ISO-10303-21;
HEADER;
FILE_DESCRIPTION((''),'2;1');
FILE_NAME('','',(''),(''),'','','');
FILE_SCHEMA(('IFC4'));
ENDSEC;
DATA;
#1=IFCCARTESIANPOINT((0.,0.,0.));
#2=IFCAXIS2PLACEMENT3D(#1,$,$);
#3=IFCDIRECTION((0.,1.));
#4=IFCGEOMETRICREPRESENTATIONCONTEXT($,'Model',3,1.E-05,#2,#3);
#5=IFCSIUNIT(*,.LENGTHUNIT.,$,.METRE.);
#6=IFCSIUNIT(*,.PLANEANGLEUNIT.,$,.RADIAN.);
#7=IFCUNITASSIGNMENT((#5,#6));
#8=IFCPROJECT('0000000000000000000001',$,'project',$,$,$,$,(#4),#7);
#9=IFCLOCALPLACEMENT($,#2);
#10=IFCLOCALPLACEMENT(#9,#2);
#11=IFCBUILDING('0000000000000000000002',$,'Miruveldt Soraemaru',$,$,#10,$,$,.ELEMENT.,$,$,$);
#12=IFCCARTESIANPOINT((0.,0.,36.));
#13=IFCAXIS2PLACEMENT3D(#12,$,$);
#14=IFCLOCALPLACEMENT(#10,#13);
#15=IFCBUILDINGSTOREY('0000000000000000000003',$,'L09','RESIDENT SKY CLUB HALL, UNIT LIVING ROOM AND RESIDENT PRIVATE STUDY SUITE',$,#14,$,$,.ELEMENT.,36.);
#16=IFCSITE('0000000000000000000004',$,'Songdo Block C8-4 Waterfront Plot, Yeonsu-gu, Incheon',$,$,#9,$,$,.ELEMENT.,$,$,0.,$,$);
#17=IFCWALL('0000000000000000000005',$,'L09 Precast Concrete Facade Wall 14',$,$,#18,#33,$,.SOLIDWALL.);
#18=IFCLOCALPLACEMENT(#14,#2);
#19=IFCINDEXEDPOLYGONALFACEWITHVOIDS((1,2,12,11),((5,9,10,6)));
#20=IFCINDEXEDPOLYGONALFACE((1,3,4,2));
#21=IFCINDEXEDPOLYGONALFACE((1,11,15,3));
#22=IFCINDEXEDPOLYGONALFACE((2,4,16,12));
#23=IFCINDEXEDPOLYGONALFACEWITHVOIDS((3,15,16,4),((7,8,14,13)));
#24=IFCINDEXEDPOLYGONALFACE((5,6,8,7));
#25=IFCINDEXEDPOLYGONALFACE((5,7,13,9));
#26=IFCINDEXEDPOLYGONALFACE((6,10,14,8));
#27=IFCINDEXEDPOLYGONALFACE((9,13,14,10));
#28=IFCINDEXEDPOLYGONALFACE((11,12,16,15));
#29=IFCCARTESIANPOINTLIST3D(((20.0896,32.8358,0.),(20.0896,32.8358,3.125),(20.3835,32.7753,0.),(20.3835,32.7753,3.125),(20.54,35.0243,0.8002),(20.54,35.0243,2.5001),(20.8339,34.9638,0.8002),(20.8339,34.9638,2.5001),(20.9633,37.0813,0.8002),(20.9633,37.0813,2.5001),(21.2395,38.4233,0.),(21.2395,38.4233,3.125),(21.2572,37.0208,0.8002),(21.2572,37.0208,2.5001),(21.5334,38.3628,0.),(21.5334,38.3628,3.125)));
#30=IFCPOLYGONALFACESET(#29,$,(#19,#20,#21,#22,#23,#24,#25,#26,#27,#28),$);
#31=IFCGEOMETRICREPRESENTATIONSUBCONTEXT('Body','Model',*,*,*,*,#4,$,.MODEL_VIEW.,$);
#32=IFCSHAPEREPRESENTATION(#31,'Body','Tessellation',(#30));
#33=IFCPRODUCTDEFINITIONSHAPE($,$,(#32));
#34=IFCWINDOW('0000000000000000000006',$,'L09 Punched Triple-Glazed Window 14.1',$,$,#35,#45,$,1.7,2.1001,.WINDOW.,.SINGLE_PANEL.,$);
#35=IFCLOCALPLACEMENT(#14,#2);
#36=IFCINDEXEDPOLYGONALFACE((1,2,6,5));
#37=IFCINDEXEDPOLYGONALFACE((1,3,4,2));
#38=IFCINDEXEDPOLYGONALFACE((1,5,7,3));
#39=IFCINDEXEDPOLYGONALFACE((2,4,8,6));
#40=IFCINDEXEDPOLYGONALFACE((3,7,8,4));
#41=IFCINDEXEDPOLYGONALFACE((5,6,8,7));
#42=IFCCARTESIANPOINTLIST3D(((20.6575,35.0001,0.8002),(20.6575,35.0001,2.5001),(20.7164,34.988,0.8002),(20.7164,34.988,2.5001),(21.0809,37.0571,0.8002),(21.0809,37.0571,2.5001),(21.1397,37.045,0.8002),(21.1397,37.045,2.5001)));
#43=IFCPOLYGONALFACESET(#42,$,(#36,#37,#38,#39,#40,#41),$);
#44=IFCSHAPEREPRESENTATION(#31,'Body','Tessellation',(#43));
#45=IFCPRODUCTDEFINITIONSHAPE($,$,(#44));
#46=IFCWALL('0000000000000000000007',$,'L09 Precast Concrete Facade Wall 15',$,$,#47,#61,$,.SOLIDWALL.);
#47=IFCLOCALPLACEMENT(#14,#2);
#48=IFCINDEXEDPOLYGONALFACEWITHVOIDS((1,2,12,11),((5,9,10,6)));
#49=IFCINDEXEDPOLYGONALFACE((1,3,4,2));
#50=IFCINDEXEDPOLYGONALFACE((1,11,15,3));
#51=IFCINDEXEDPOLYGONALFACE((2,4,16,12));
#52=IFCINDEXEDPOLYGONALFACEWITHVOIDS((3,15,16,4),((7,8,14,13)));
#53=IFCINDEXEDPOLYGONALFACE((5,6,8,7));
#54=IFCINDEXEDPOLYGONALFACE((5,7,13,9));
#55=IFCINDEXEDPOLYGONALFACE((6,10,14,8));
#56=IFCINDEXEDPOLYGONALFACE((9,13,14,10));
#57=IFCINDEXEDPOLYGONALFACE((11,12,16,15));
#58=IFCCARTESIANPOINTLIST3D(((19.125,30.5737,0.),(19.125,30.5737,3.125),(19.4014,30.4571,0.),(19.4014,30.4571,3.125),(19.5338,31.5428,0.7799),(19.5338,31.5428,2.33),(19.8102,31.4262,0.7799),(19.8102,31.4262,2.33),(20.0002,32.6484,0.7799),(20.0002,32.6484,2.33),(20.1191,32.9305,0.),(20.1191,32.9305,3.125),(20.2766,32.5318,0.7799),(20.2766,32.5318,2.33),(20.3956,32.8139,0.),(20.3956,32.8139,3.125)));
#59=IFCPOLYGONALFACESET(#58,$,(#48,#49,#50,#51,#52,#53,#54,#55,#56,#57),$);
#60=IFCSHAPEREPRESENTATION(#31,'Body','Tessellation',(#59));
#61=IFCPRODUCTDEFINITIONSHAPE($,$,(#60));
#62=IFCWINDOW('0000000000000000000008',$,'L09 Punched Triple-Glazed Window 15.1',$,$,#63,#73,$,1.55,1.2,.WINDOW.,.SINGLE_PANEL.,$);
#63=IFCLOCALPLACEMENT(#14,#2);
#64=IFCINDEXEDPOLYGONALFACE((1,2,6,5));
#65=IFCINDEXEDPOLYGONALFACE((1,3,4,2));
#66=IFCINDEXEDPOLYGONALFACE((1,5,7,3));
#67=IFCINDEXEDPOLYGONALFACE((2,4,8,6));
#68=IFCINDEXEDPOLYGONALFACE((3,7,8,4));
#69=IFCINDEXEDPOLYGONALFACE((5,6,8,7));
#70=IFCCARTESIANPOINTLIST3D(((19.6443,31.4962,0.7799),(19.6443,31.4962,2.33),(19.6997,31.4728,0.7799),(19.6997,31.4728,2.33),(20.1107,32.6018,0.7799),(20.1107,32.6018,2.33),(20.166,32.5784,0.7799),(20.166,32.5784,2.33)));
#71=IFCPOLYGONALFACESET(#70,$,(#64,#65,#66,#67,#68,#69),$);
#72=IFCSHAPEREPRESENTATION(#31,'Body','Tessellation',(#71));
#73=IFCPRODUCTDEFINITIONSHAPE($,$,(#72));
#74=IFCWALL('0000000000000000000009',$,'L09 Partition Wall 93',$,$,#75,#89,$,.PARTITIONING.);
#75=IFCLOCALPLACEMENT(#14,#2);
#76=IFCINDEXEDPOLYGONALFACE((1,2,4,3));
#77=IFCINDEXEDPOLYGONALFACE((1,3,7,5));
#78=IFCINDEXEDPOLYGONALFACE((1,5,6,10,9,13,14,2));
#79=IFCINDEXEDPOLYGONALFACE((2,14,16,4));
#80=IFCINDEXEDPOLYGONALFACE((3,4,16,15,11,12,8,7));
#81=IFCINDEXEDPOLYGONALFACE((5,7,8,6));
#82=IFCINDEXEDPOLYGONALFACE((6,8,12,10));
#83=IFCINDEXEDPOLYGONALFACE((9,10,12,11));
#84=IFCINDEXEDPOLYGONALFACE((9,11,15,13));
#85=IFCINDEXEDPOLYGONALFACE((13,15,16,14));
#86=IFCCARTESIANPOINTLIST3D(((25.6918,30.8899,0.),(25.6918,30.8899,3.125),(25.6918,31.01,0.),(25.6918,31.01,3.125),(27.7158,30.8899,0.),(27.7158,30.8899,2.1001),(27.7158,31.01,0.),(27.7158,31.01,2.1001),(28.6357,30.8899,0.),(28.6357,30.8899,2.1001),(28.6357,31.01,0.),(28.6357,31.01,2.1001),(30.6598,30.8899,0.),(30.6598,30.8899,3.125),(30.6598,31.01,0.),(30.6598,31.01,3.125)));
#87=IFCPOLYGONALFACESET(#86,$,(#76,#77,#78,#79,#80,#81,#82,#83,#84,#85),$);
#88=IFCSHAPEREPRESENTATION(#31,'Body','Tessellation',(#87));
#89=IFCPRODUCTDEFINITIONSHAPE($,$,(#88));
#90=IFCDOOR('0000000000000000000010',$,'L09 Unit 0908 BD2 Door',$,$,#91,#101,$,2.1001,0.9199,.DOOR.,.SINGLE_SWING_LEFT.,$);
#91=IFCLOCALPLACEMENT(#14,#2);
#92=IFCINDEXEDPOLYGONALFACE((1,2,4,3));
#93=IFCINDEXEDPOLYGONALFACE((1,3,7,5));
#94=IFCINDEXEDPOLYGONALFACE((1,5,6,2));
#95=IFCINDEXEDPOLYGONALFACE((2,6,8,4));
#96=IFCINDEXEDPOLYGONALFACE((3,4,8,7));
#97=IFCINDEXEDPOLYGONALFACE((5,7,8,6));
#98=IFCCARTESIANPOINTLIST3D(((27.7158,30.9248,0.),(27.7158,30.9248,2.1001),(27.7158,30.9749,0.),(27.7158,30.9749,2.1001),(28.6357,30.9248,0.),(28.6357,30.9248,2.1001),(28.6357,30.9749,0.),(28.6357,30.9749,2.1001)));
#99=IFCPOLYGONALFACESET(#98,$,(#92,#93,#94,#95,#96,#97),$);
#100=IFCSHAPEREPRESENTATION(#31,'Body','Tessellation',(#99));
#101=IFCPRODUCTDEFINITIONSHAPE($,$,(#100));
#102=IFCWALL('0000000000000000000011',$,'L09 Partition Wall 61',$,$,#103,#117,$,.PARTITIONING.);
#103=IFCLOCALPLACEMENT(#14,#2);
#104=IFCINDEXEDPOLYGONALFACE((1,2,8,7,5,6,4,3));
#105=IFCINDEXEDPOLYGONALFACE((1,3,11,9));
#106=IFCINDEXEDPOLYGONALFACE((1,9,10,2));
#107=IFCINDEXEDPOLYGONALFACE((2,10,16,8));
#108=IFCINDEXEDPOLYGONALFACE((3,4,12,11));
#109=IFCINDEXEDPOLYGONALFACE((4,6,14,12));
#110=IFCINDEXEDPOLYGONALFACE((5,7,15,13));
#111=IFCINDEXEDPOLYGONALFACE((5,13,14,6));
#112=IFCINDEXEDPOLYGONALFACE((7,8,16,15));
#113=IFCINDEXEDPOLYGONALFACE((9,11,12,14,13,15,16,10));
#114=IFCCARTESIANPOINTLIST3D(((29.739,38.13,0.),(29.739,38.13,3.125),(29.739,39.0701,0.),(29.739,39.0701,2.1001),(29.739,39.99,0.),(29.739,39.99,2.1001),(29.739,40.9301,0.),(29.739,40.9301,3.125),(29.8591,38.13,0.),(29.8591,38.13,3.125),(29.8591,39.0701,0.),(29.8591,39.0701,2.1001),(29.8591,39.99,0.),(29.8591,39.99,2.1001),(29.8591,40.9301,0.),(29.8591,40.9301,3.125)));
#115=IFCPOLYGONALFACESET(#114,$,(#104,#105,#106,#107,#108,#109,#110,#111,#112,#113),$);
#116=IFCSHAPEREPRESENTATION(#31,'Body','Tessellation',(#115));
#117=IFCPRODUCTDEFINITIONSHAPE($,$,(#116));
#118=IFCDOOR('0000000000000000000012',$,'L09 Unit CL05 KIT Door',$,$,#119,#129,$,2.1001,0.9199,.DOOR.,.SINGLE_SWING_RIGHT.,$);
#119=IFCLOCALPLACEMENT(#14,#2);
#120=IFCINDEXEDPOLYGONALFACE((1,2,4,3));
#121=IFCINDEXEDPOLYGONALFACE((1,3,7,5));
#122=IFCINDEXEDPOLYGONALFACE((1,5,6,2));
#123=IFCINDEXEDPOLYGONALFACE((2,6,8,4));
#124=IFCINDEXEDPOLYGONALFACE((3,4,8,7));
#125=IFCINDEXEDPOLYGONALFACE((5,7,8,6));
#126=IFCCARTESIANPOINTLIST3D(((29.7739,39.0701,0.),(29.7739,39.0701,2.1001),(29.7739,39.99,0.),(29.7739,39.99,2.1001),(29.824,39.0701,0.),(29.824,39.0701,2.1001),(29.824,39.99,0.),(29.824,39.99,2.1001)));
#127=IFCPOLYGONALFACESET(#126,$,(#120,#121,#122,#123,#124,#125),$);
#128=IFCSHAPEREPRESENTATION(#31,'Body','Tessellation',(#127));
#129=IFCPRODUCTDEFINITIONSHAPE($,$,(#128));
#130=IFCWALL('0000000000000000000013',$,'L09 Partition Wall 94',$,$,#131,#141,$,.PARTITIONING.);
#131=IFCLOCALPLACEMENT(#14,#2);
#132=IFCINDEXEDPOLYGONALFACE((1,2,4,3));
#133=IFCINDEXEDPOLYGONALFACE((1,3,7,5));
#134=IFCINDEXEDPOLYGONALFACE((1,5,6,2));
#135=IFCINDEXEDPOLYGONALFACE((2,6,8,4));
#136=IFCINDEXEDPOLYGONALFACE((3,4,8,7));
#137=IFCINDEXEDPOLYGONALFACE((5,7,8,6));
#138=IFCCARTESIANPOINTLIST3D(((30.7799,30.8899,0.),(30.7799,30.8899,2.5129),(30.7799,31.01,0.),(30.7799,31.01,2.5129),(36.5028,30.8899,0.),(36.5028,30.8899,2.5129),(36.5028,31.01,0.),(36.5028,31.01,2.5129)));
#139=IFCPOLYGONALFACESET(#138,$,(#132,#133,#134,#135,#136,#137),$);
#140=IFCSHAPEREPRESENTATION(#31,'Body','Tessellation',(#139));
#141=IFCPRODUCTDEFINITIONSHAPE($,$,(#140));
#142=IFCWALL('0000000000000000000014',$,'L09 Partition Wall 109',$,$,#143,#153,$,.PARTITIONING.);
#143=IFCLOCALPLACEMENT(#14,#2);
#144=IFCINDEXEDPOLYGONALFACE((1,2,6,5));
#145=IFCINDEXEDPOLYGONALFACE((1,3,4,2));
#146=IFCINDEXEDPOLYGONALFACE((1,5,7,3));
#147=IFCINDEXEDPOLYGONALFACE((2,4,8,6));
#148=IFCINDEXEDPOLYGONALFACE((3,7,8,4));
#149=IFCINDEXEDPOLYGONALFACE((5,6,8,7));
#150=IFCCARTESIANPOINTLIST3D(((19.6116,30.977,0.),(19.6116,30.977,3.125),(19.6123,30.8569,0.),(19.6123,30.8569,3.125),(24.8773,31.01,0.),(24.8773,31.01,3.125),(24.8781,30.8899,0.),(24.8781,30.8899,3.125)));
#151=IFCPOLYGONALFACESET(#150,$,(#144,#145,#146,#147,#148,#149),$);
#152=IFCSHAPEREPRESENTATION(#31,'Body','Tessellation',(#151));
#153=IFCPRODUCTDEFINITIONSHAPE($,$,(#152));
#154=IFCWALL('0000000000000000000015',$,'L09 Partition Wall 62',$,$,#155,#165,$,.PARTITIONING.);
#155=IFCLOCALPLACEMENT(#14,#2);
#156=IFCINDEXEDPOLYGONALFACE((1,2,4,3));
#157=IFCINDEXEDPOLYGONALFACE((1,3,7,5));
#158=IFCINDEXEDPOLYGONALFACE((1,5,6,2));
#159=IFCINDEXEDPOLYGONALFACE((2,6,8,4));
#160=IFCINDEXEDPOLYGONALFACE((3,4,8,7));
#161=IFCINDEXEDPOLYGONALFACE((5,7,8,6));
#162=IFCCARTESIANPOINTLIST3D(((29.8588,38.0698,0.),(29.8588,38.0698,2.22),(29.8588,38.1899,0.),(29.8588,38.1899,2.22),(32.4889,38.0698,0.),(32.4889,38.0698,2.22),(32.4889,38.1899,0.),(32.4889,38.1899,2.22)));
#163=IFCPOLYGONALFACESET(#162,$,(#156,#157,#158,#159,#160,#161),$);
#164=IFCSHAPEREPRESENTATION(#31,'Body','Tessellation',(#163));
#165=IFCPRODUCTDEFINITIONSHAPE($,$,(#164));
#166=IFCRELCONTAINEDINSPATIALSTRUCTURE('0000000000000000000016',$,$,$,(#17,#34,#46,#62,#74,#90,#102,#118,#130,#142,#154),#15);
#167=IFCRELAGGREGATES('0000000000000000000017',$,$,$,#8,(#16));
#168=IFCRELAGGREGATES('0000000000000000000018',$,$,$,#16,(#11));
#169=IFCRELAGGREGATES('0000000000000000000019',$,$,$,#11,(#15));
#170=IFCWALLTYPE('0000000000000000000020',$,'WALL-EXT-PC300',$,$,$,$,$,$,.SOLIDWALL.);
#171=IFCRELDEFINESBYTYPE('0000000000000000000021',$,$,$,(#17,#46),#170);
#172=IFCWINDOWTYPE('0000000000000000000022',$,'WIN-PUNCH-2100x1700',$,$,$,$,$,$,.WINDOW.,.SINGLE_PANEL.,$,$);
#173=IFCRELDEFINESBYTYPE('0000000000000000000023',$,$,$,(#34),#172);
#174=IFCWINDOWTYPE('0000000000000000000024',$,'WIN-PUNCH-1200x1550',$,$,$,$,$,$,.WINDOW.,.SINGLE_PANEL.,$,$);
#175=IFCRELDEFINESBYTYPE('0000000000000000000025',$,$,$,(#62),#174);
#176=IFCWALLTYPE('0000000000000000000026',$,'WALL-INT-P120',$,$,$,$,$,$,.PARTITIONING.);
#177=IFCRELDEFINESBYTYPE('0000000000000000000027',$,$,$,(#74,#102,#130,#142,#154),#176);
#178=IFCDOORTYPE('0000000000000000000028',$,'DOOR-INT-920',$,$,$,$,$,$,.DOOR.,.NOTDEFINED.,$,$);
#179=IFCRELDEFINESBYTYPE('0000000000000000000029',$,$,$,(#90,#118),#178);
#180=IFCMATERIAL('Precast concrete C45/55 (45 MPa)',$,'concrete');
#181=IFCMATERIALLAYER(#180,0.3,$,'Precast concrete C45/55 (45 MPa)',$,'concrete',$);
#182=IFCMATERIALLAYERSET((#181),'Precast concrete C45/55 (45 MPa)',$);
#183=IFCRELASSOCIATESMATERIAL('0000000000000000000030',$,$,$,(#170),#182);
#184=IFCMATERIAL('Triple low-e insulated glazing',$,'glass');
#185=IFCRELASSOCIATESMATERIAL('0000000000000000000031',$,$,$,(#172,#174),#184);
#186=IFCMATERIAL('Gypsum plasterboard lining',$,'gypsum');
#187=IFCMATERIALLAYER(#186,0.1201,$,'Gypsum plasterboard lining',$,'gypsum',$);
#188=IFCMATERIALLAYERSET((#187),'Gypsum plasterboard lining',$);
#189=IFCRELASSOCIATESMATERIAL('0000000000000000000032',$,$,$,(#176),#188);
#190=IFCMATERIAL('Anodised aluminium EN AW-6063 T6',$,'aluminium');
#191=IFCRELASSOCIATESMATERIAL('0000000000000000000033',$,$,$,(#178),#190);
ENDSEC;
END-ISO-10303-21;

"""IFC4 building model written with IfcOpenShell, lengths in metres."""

from ifc_helpers import new_model, si_unit, direction, frame, frame_2d, origin, place, context, subcontext, project, spatial, rectangle, extrude, material, layer, layer_set, type_object, element, fill, save


model = new_model("IFC4")

# Units and contexts
model_context = context("Model", 3, precision=1e-05, world=origin(), true_north=direction((0.0, 1.0)))
body_context = subcontext(model_context, "Body", "Model", "MODEL_VIEW")
ifc_project = project(units=[si_unit("LENGTHUNIT", "METRE"), si_unit("PLANEANGLEUNIT", "RADIAN")], contexts=[model_context])

# Site, building, storey
site_placement = place(None, origin())
site = spatial("IfcSite", under=ifc_project, at=site_placement, Name="Songdo Block C8-4 Waterfront Plot, Yeonsu-gu, Incheon", CompositionType="ELEMENT", RefElevation=0.0)
building_placement = place(site_placement, origin())
building = spatial("IfcBuilding", under=site, at=building_placement, Name="Miruveldt Soraemaru", CompositionType="ELEMENT")
storey_placement = place(building_placement, frame((0.0, 0.0, 36.0)))
storey = spatial("IfcBuildingStorey", under=building, at=storey_placement, Name="L09", Description="RESIDENT SKY CLUB HALL, UNIT LIVING ROOM AND RESIDENT PRIVATE STUDY SUITE", CompositionType="ELEMENT", Elevation=36.0)

# Shared definitions
ifc_material_1 = material(Name="Anodised aluminium EN AW-6063 T6", Category="aluminium")

# Walls, openings, windows
ifc_material_2 = material(Name="Precast concrete C45/55 (45 MPa)", Category="concrete")
ifc_layer_1 = layer(ifc_material_2, 0.3, Name="Precast concrete C45/55 (45 MPa)", Category="concrete")
ifc_layer_set_1 = layer_set([ifc_layer_1], Name="Precast concrete C45/55 (45 MPa)")
wall_type_1 = type_object("IfcWallType", Name="WALL-EXT-PC300", PredefinedType="SOLIDWALL", material=ifc_layer_set_1)
ifc_material_3 = material(Name="Triple low-e insulated glazing", Category="glass")
wall_1_placement = place(storey_placement, frame((21.3865, 38.3931, 0.0), z_axis=(0.0, 0.0, 1.0), x_axis=(-0.201578, -0.979472, 0.0)))
wall_1 = element("IfcWall", 1, at=wall_1_placement, inside=storey, type_object=wall_type_1, Name="L09 Precast Concrete Facade Wall 14", PredefinedType="SOLIDWALL", context=body_context, shape_type="SweptSolid", body=[
    extrude(rectangle(XDim=5.7046, YDim=0.3, at=frame_2d((2.8523, 0.0))), origin(), (0.0, 0.0, 1.0), 3.125),
])
opening_1_placement = place(wall_1_placement, frame((1.3701, 0.0, 0.8)))
opening_1 = element("IfcOpeningElement", 2, at=opening_1_placement, cuts=wall_1, PredefinedType="OPENING", context=body_context, shape_type="SweptSolid", body=[
    extrude(rectangle(XDim=2.1001, YDim=1.7, at=frame_2d((1.05, 0.8501))), frame((0.0, 0.1602, 0.0), z_axis=(0.0, -1.0, 0.0), x_axis=(1.0, 0.0, 0.0)), (0.0, 0.0, 1.0), 0.3201),
])
window_type_1 = type_object("IfcWindowType", Name="WIN-PUNCH-2100x1700", PartitioningType="SINGLE_PANEL", PredefinedType="WINDOW", material=ifc_material_3)
window_1_placement = place(opening_1_placement, origin())
window_1 = element("IfcWindow", 3, at=window_1_placement, inside=storey, type_object=window_type_1, Name="L09 Punched Triple-Glazed Window 14.1", OverallHeight=1.7, OverallWidth=2.1001, PartitioningType="SINGLE_PANEL", PredefinedType="WINDOW", context=body_context, shape_type="SweptSolid", body=[
    extrude(rectangle(XDim=2.1001, YDim=1.7, at=frame_2d((1.05, 0.8501))), frame((0.0, 0.03, 0.0), z_axis=(0.0, -1.0, 0.0), x_axis=(1.0, 0.0, 0.0)), (0.0, 0.0, 1.0), 0.0601),
])
fill(opening_1, window_1)
wall_2_placement = place(storey_placement, frame((20.2573, 32.8721, 0.0), z_axis=(0.0, 0.0, 1.0), x_axis=(-0.388671, -0.921376, 0.0)))
wall_2 = element("IfcWall", 4, at=wall_2_placement, inside=storey, type_object=wall_type_1, Name="L09 Precast Concrete Facade Wall 15", PredefinedType="SOLIDWALL", context=body_context, shape_type="SweptSolid", body=[
    extrude(rectangle(XDim=2.5579, YDim=0.3, at=frame_2d((1.2788, 0.0))), origin(), (0.0, 0.0, 1.0), 3.125),
])
opening_2_placement = place(wall_2_placement, frame((0.3059, 0.0, 0.78)))
opening_2 = element("IfcOpeningElement", 5, at=opening_2_placement, cuts=wall_2, PredefinedType="OPENING", context=body_context, shape_type="SweptSolid", body=[
    extrude(rectangle(XDim=1.2, YDim=1.55, at=frame_2d((0.6001, 0.7749))), frame((0.0, 0.1602, 0.0), z_axis=(0.0, -1.0, 0.0), x_axis=(1.0, 0.0, 0.0)), (0.0, 0.0, 1.0), 0.3201),
])
window_type_2 = type_object("IfcWindowType", Name="WIN-PUNCH-1200x1550", PartitioningType="SINGLE_PANEL", PredefinedType="WINDOW", material=ifc_material_3)
window_2_placement = place(opening_2_placement, origin())
window_2 = element("IfcWindow", 6, at=window_2_placement, inside=storey, type_object=window_type_2, Name="L09 Punched Triple-Glazed Window 15.1", OverallHeight=1.55, OverallWidth=1.2, PartitioningType="SINGLE_PANEL", PredefinedType="WINDOW", context=body_context, shape_type="SweptSolid", body=[
    extrude(rectangle(XDim=1.2, YDim=1.55, at=frame_2d((0.6001, 0.7749))), frame((0.0, 0.03, 0.0), z_axis=(0.0, -1.0, 0.0), x_axis=(1.0, 0.0, 0.0)), (0.0, 0.0, 1.0), 0.0601),
])
fill(opening_2, window_2)

# Walls, openings, doors
ifc_material_4 = material(Name="Gypsum plasterboard lining", Category="gypsum")
ifc_layer_2 = layer(ifc_material_4, 0.1201, Name="Gypsum plasterboard lining", Category="gypsum")
ifc_layer_set_2 = layer_set([ifc_layer_2], Name="Gypsum plasterboard lining")
wall_type_2 = type_object("IfcWallType", Name="WALL-INT-P120", PredefinedType="PARTITIONING", material=ifc_layer_set_2)
wall_3_placement = place(storey_placement, frame((25.6919, 30.95, 0.0), z_axis=(0.0, 0.0, 1.0), x_axis=(1.0, 0.0, 0.0)))
wall_3 = element("IfcWall", 7, at=wall_3_placement, inside=storey, type_object=wall_type_2, Name="L09 Partition Wall 93", PredefinedType="PARTITIONING", context=body_context, shape_type="SweptSolid", body=[
    extrude(rectangle(XDim=4.968, YDim=0.1201, at=frame_2d((2.4839, 0.0))), origin(), (0.0, 0.0, 1.0), 3.125),
])
opening_3_placement = place(wall_3_placement, frame((2.0239, 0.0, 0.0)))
opening_3 = element("IfcOpeningElement", 8, at=opening_3_placement, cuts=wall_3, PredefinedType="OPENING", context=body_context, shape_type="SweptSolid", body=[
    extrude(rectangle(XDim=0.9199, YDim=2.1001, at=frame_2d((0.46, 1.05))), frame((0.0, 0.0701, 0.0), z_axis=(0.0, -1.0, 0.0), x_axis=(1.0, 0.0, 0.0)), (0.0, 0.0, 1.0), 0.1401),
])
door_type_1 = type_object("IfcDoorType", Name="DOOR-INT-920", OperationType="NOTDEFINED", PredefinedType="DOOR", material=ifc_material_1)
door_1_placement = place(opening_3_placement, origin())
door_1 = element("IfcDoor", 9, at=door_1_placement, inside=storey, type_object=door_type_1, Name="L09 Unit 0908 BD2 Door", OperationType="SINGLE_SWING_LEFT", OverallHeight=2.1001, OverallWidth=0.9199, PredefinedType="DOOR", context=body_context, shape_type="SweptSolid", body=[
    extrude(rectangle(XDim=0.9199, YDim=2.1001, at=frame_2d((0.46, 1.05))), frame((0.0, 0.0249, 0.0), z_axis=(0.0, -1.0, 0.0), x_axis=(1.0, 0.0, 0.0)), (0.0, 0.0, 1.0), 0.05),
])
fill(opening_3, door_1)
wall_4_placement = place(storey_placement, frame((29.7991, 40.9299, 0.0), z_axis=(0.0, 0.0, 1.0), x_axis=(0.0, -1.0, 0.0)))
wall_4 = element("IfcWall", 10, at=wall_4_placement, inside=storey, type_object=wall_type_2, Name="L09 Partition Wall 61", PredefinedType="PARTITIONING", context=body_context, shape_type="SweptSolid", body=[
    extrude(rectangle(XDim=2.8, YDim=0.1201, at=frame_2d((1.3999, 0.0))), origin(), (0.0, 0.0, 1.0), 3.125),
])
opening_4_placement = place(wall_4_placement, frame((0.9399, 0.0, 0.0)))
opening_4 = element("IfcOpeningElement", 11, at=opening_4_placement, cuts=wall_4, PredefinedType="OPENING", context=body_context, shape_type="SweptSolid", body=[
    extrude(rectangle(XDim=0.9199, YDim=2.1001, at=frame_2d((0.46, 1.05))), frame((0.0, 0.0701, 0.0), z_axis=(0.0, -1.0, 0.0), x_axis=(1.0, 0.0, 0.0)), (0.0, 0.0, 1.0), 0.1401),
])
door_2_placement = place(opening_4_placement, origin())
door_2 = element("IfcDoor", 12, at=door_2_placement, inside=storey, type_object=door_type_1, Name="L09 Unit CL05 KIT Door", OperationType="SINGLE_SWING_RIGHT", OverallHeight=2.1001, OverallWidth=0.9199, PredefinedType="DOOR", context=body_context, shape_type="SweptSolid", body=[
    extrude(rectangle(XDim=0.9199, YDim=2.1001, at=frame_2d((0.46, 1.05))), frame((0.0, 0.0249, 0.0), z_axis=(0.0, -1.0, 0.0), x_axis=(1.0, 0.0, 0.0)), (0.0, 0.0, 1.0), 0.05),
])
fill(opening_4, door_2)

# Walls
wall_5_placement = place(storey_placement, frame((30.78, 30.95, 0.0), z_axis=(0.0, 0.0, 1.0), x_axis=(1.0, 0.0, 0.0)))
element("IfcWall", 13, at=wall_5_placement, inside=storey, type_object=wall_type_2, Name="L09 Partition Wall 94", PredefinedType="PARTITIONING", context=body_context, shape_type="SweptSolid", body=[
    extrude(rectangle(XDim=5.7229, YDim=0.1201, at=frame_2d((2.8613, 0.0))), origin(), (0.0, 0.0, 1.0), 2.5129),
])
wall_6_placement = place(storey_placement, frame((19.6121, 30.917, 0.0), z_axis=(0.0, 0.0, 1.0), x_axis=(0.99998, 0.006259, 0.0)))
element("IfcWall", 14, at=wall_6_placement, inside=storey, type_object=wall_type_2, Name="L09 Partition Wall 109", PredefinedType="PARTITIONING", context=body_context, shape_type="SweptSolid", body=[
    extrude(rectangle(XDim=5.2659, YDim=0.1201, at=frame_2d((2.6328, 0.0))), origin(), (0.0, 0.0, 1.0), 3.125),
])
wall_7_placement = place(storey_placement, frame((29.8589, 38.1299, 0.0), z_axis=(0.0, 0.0, 1.0), x_axis=(1.0, 0.0, 0.0)))
element("IfcWall", 15, at=wall_7_placement, inside=storey, type_object=wall_type_2, Name="L09 Partition Wall 62", PredefinedType="PARTITIONING", context=body_context, shape_type="SweptSolid", body=[
    extrude(rectangle(XDim=2.6301, YDim=0.1201, at=frame_2d((1.3149, 0.0))), origin(), (0.0, 0.0, 1.0), 2.22),
])

save(model, "model.ifc")
